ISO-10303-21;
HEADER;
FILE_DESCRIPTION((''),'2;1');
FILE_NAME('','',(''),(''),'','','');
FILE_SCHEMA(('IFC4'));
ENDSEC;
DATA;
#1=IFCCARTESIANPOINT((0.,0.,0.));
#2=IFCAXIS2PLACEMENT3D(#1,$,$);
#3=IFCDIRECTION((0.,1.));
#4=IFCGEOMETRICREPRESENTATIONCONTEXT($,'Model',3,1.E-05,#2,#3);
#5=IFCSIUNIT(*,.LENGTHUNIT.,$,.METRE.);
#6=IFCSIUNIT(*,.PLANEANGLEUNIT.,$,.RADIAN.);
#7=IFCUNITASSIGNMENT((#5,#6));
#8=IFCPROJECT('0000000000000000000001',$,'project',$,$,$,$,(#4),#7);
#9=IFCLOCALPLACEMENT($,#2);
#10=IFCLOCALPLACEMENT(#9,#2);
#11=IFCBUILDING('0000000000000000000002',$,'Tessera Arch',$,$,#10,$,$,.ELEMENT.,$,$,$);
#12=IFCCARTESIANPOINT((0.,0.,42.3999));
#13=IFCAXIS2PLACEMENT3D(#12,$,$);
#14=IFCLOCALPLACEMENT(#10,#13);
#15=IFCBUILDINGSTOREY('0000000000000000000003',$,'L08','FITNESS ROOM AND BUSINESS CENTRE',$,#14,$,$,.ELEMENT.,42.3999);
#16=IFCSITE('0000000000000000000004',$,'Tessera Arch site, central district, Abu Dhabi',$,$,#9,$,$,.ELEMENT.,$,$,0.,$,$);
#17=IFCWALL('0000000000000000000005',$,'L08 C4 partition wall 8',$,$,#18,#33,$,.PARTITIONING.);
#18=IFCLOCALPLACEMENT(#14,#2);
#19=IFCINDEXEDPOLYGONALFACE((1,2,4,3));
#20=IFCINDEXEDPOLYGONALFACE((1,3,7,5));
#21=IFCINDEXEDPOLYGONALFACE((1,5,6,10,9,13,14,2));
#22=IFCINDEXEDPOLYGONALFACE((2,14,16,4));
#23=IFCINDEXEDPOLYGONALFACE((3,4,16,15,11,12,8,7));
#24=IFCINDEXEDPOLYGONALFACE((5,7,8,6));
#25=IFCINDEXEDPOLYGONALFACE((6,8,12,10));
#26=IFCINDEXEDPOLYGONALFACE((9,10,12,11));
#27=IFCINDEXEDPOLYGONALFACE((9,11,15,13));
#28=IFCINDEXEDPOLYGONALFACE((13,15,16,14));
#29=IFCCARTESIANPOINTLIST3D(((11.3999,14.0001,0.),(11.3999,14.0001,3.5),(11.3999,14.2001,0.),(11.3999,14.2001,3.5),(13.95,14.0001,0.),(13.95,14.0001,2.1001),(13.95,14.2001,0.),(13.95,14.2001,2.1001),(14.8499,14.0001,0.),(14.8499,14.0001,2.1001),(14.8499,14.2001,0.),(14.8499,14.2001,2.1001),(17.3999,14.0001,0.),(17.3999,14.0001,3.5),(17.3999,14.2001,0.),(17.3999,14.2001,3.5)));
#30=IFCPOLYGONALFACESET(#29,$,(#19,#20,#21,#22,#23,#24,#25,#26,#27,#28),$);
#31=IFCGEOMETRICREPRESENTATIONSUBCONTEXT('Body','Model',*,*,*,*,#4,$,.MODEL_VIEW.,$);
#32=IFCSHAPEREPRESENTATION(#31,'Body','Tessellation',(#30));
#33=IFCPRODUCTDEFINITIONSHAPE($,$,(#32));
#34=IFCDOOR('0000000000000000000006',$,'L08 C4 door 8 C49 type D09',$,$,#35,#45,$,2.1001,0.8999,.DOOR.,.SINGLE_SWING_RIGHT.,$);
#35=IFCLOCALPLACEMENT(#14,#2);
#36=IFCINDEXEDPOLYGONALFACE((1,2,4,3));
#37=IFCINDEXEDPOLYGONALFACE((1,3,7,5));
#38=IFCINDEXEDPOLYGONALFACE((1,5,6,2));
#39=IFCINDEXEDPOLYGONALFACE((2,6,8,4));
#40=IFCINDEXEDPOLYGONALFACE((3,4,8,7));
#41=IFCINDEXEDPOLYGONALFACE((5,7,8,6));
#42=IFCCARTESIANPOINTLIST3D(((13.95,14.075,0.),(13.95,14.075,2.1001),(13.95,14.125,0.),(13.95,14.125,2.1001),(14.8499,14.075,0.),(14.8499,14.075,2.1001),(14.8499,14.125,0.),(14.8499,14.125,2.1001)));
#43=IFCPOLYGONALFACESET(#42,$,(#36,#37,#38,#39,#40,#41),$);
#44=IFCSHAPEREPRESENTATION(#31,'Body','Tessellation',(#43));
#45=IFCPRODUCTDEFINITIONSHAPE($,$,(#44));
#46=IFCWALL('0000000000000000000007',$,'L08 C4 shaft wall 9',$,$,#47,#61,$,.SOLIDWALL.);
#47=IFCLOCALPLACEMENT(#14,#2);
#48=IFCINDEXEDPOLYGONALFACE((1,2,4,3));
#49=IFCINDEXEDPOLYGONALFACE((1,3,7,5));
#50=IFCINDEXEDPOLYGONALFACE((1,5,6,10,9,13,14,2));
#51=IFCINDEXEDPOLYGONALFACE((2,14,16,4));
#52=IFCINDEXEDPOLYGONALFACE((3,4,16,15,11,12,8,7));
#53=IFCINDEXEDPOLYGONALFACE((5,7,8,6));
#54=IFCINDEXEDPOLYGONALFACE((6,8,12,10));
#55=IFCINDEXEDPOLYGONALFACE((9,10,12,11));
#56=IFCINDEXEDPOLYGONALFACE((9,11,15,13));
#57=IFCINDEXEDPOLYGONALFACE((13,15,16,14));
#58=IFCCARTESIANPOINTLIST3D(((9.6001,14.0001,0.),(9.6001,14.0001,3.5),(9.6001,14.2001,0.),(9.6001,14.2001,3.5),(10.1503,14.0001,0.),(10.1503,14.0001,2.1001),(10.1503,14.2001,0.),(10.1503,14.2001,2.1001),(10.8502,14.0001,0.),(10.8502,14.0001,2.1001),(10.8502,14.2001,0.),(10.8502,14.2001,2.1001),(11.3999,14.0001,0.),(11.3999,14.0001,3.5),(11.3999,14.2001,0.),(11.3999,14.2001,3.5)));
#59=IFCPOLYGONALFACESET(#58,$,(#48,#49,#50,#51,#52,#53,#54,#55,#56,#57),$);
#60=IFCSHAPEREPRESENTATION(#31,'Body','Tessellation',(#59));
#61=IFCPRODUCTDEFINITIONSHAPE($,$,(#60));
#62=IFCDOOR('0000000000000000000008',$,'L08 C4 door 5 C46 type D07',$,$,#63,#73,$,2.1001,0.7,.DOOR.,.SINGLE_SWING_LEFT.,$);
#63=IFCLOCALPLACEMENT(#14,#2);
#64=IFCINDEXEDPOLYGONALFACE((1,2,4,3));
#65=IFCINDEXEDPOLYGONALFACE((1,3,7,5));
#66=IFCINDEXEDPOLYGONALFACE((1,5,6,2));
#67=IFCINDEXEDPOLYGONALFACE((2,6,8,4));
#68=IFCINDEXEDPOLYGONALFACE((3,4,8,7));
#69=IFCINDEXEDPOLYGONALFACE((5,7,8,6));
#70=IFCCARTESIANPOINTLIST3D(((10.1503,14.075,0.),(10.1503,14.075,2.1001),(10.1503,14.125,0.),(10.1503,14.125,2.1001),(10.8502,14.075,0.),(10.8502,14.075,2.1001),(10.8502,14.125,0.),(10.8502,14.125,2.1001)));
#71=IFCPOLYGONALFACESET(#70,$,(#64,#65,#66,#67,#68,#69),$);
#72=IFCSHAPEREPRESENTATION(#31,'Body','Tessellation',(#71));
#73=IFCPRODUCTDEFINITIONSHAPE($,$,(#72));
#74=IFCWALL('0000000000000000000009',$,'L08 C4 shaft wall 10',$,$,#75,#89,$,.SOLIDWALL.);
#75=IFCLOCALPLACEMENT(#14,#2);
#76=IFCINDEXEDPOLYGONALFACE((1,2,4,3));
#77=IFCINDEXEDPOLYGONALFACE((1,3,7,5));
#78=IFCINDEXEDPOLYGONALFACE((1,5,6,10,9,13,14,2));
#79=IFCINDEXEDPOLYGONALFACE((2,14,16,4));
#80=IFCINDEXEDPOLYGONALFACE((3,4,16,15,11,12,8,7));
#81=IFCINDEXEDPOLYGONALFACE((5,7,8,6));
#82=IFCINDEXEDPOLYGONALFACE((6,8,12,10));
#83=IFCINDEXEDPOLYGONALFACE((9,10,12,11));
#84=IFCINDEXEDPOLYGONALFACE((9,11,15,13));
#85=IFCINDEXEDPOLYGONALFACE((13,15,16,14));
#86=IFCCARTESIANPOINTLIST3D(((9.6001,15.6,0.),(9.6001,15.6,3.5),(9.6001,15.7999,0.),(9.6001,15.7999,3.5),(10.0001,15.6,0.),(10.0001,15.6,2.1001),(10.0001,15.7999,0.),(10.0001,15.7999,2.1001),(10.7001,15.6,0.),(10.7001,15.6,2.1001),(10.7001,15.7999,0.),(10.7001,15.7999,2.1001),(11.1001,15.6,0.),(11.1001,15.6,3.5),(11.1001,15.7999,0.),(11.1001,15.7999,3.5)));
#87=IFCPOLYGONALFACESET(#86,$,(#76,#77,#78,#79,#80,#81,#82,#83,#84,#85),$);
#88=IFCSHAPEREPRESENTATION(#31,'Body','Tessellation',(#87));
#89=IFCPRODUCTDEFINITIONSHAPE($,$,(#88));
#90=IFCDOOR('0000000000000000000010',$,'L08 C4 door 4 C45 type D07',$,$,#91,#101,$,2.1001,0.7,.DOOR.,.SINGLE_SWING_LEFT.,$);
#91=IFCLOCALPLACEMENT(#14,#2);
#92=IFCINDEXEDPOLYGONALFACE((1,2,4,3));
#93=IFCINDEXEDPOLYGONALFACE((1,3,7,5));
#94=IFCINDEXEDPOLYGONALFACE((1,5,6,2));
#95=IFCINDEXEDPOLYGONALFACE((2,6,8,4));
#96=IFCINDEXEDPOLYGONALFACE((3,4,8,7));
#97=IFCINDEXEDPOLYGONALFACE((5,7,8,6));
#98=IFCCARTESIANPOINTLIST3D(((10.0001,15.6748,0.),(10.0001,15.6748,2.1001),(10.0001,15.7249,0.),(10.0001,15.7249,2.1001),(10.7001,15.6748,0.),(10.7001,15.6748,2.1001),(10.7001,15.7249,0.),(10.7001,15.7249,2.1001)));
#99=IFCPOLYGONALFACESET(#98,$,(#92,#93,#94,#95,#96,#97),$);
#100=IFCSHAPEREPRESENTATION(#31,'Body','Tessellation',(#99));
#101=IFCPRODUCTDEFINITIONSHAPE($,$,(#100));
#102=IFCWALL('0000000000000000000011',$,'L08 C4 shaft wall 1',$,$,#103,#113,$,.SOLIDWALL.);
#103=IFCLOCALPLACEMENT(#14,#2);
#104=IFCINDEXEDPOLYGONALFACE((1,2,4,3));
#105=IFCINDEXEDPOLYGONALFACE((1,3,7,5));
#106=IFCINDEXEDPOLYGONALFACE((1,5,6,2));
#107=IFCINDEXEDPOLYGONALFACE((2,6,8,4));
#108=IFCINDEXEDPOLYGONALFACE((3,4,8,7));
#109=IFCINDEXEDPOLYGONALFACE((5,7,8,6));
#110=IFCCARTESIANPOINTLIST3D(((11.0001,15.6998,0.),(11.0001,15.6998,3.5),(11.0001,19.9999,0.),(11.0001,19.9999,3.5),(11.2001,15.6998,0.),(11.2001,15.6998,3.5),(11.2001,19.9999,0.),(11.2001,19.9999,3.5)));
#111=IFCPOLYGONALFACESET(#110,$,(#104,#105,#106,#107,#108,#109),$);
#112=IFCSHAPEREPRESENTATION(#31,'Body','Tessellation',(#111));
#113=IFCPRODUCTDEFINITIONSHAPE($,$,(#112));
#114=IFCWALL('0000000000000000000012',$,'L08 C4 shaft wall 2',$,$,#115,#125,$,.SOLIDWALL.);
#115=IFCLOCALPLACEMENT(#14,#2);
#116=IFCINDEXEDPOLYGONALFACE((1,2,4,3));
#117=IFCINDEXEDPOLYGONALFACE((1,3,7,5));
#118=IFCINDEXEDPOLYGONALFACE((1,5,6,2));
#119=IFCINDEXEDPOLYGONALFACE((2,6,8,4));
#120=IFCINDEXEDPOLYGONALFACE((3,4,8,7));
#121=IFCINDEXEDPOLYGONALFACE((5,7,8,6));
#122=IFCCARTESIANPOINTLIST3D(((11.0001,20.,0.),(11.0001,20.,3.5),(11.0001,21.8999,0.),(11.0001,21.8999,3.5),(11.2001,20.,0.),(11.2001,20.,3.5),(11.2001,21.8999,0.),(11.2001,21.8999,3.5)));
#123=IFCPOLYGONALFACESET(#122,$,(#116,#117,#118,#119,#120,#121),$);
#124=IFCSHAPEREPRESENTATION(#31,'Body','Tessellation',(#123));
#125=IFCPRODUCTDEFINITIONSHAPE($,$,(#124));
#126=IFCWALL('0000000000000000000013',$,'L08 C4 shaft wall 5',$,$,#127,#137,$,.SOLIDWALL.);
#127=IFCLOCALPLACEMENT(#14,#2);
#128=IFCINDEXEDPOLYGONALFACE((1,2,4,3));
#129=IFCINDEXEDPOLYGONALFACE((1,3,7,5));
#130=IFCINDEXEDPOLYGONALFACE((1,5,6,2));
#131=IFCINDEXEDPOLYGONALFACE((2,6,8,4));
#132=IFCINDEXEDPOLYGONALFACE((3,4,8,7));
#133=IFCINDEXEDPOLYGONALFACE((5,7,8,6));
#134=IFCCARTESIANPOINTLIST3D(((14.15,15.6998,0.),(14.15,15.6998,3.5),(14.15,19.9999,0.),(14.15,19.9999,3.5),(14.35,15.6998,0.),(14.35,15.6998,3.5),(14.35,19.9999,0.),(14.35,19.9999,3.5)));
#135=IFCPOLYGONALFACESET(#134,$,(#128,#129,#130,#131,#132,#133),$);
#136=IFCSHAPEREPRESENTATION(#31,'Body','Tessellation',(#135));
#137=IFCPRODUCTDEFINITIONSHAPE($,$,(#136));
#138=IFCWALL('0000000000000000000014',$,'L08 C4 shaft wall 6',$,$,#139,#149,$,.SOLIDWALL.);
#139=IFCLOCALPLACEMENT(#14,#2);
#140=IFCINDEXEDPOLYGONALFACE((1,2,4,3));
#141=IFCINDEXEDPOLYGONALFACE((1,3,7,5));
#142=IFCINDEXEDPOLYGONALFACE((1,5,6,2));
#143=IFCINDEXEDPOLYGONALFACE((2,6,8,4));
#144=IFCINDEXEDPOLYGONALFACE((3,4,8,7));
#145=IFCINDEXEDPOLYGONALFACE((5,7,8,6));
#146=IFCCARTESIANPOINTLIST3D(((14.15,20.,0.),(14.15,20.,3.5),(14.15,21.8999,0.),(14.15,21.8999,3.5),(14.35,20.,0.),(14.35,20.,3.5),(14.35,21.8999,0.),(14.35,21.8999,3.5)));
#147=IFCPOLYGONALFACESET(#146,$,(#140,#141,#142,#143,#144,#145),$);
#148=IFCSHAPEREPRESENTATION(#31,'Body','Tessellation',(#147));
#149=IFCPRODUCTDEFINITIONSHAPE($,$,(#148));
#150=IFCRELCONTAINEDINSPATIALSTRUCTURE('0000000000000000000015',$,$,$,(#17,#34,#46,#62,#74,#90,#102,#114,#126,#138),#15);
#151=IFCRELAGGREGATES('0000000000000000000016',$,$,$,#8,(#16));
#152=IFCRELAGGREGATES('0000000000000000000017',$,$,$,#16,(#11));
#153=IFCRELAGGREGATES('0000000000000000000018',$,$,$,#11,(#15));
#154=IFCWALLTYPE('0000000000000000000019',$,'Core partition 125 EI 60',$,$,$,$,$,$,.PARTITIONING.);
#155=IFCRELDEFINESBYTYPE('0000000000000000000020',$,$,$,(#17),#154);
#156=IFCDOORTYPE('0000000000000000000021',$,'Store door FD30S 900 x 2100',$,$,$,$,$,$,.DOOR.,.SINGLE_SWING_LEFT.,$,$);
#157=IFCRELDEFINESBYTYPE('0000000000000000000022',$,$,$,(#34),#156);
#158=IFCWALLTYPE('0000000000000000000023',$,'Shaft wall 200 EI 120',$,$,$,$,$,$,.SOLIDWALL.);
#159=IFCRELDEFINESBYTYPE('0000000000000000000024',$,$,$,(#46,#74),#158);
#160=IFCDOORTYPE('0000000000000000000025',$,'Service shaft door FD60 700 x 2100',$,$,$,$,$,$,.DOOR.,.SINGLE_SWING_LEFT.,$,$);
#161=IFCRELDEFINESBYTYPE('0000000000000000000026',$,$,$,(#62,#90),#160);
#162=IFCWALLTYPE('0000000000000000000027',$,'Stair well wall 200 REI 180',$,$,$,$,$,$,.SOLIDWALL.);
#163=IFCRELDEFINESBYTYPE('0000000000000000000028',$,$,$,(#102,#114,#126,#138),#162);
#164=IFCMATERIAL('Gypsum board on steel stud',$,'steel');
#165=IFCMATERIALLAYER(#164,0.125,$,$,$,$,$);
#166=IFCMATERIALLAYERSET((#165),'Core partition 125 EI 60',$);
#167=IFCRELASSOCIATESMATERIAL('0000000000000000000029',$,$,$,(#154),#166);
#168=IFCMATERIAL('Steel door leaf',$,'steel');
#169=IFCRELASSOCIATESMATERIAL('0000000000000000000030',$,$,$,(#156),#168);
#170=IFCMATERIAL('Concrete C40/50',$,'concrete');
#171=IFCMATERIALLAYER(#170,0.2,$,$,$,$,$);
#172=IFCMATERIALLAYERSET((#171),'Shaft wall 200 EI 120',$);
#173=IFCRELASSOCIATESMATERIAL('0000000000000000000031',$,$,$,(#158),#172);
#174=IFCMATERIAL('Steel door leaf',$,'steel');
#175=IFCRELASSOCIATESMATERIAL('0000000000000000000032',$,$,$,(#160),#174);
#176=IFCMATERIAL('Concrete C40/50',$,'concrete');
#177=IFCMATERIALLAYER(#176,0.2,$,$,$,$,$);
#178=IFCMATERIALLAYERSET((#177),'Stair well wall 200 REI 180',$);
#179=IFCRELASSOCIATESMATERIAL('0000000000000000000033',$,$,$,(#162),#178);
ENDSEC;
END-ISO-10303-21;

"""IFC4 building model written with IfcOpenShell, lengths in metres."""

from ifc_helpers import new_model, si_unit, direction, frame, frame_2d, origin, place, context, subcontext, project, spatial, rectangle, extrude, material, layer, layer_set, type_object, element, fill, save


model = new_model("IFC4")

# Units and contexts
model_context = context("Model", 3, precision=1e-05, world=origin(), true_north=direction((0.0, 1.0)))
body_context = subcontext(model_context, "Body", "Model", "MODEL_VIEW")
ifc_project = project(units=[si_unit("LENGTHUNIT", "METRE"), si_unit("PLANEANGLEUNIT", "RADIAN")], contexts=[model_context])

# Site, building, storey
site_placement = place(None, origin())
site = spatial("IfcSite", under=ifc_project, at=site_placement, Name="Tessera Arch site, central district, Abu Dhabi", CompositionType="ELEMENT", RefElevation=0.0)
building_placement = place(site_placement, origin())
building = spatial("IfcBuilding", under=site, at=building_placement, Name="Tessera Arch", CompositionType="ELEMENT")
storey_placement = place(building_placement, frame((0.0, 0.0, 42.3999)))
storey = spatial("IfcBuildingStorey", under=building, at=storey_placement, Name="L08", Description="FITNESS ROOM AND BUSINESS CENTRE", CompositionType="ELEMENT", Elevation=42.3999)

# Walls, openings, doors
ifc_material_1 = material(Name="Gypsum board on steel stud", Category="steel")
ifc_layer_1 = layer(ifc_material_1, 0.125)
ifc_layer_set_1 = layer_set([ifc_layer_1], Name="Core partition 125 EI 60")
wall_type_1 = type_object("IfcWallType", Name="Core partition 125 EI 60", PredefinedType="PARTITIONING", material=ifc_layer_set_1)
wall_1_placement = place(storey_placement, frame((11.3999, 14.1001, 0.0), z_axis=(0.0, 0.0, 1.0), x_axis=(1.0, 0.0, 0.0)))
wall_1 = element("IfcWall", 1, at=wall_1_placement, inside=storey, type_object=wall_type_1, Name="L08 C4 partition wall 8", PredefinedType="PARTITIONING", context=body_context, shape_type="SweptSolid", body=[
    extrude(rectangle(XDim=6.0, YDim=0.2, at=frame_2d((3.0, 0.0))), origin(), (0.0, 0.0, 1.0), 3.5),
])
opening_1_placement = place(wall_1_placement, frame((2.55, 0.0, 0.0)))
opening_1 = element("IfcOpeningElement", 2, at=opening_1_placement, cuts=wall_1, PredefinedType="OPENING", context=body_context, shape_type="SweptSolid", body=[
    extrude(rectangle(XDim=0.8999, YDim=2.1001, at=frame_2d((0.45, 1.05))), frame((0.0, 0.1099, 0.0), z_axis=(0.0, -1.0, 0.0), x_axis=(1.0, 0.0, 0.0)), (0.0, 0.0, 1.0), 0.22),
])
ifc_material_2 = material(Name="Steel door leaf", Category="steel")
door_type_1 = type_object("IfcDoorType", Name="Store door FD30S 900 x 2100", OperationType="SINGLE_SWING_LEFT", PredefinedType="DOOR", material=ifc_material_2)
door_1_placement = place(opening_1_placement, origin())
door_1 = element("IfcDoor", 3, at=door_1_placement, inside=storey, type_object=door_type_1, Name="L08 C4 door 8 C49 type D09", OperationType="SINGLE_SWING_RIGHT", OverallHeight=2.1001, OverallWidth=0.8999, PredefinedType="DOOR", context=body_context, shape_type="SweptSolid", body=[
    extrude(rectangle(XDim=0.8999, YDim=2.1001, at=frame_2d((0.45, 1.05))), frame((0.0, 0.0249, 0.0), z_axis=(0.0, -1.0, 0.0), x_axis=(1.0, 0.0, 0.0)), (0.0, 0.0, 1.0), 0.05),
])
fill(opening_1, door_1)
ifc_material_3 = material(Name="Concrete C40/50", Category="concrete")
ifc_layer_2 = layer(ifc_material_3, 0.2)
ifc_layer_set_2 = layer_set([ifc_layer_2], Name="Shaft wall 200 EI 120")
wall_type_2 = type_object("IfcWallType", Name="Shaft wall 200 EI 120", PredefinedType="SOLIDWALL", material=ifc_layer_set_2)
wall_2_placement = place(storey_placement, frame((9.6001, 14.1001, 0.0), z_axis=(0.0, 0.0, 1.0), x_axis=(1.0, 0.0, 0.0)))
wall_2 = element("IfcWall", 4, at=wall_2_placement, inside=storey, type_object=wall_type_2, Name="L08 C4 shaft wall 9", PredefinedType="SOLIDWALL", context=body_context, shape_type="SweptSolid", body=[
    extrude(rectangle(XDim=1.7998, YDim=0.2, at=frame_2d((0.8999, 0.0))), origin(), (0.0, 0.0, 1.0), 3.5),
])
opening_2_placement = place(wall_2_placement, frame((0.55, 0.0, 0.0)))
opening_2 = element("IfcOpeningElement", 5, at=opening_2_placement, cuts=wall_2, PredefinedType="OPENING", context=body_context, shape_type="SweptSolid", body=[
    extrude(rectangle(XDim=0.7, YDim=2.1001, at=frame_2d((0.3501, 1.05))), frame((0.0, 0.1099, 0.0), z_axis=(0.0, -1.0, 0.0), x_axis=(1.0, 0.0, 0.0)), (0.0, 0.0, 1.0), 0.22),
])
ifc_material_4 = material(Name="Steel door leaf", Category="steel")
door_type_2 = type_object("IfcDoorType", Name="Service shaft door FD60 700 x 2100", OperationType="SINGLE_SWING_LEFT", PredefinedType="DOOR", material=ifc_material_4)
door_2_placement = place(opening_2_placement, origin())
door_2 = element("IfcDoor", 6, at=door_2_placement, inside=storey, type_object=door_type_2, Name="L08 C4 door 5 C46 type D07", OperationType="SINGLE_SWING_LEFT", OverallHeight=2.1001, OverallWidth=0.7, PredefinedType="DOOR", context=body_context, shape_type="SweptSolid", body=[
    extrude(rectangle(XDim=0.7, YDim=2.1001, at=frame_2d((0.3501, 1.05))), frame((0.0, 0.0249, 0.0), z_axis=(0.0, -1.0, 0.0), x_axis=(1.0, 0.0, 0.0)), (0.0, 0.0, 1.0), 0.05),
])
fill(opening_2, door_2)
wall_3_placement = place(storey_placement, frame((9.6001, 15.7, 0.0), z_axis=(0.0, 0.0, 1.0), x_axis=(1.0, 0.0, 0.0)))
wall_3 = element("IfcWall", 7, at=wall_3_placement, inside=storey, type_object=wall_type_2, Name="L08 C4 shaft wall 10", PredefinedType="SOLIDWALL", context=body_context, shape_type="SweptSolid", body=[
    extrude(rectangle(XDim=1.5, YDim=0.2, at=frame_2d((0.75, 0.0))), origin(), (0.0, 0.0, 1.0), 3.5),
])
opening_3_placement = place(wall_3_placement, frame((0.3999, 0.0, 0.0)))
opening_3 = element("IfcOpeningElement", 8, at=opening_3_placement, cuts=wall_3, PredefinedType="OPENING", context=body_context, shape_type="SweptSolid", body=[
    extrude(rectangle(XDim=0.7, YDim=2.1001, at=frame_2d((0.3501, 1.05))), frame((0.0, 0.1099, 0.0), z_axis=(0.0, -1.0, 0.0), x_axis=(1.0, 0.0, 0.0)), (0.0, 0.0, 1.0), 0.22),
])
door_3_placement = place(opening_3_placement, origin())
door_3 = element("IfcDoor", 9, at=door_3_placement, inside=storey, type_object=door_type_2, Name="L08 C4 door 4 C45 type D07", OperationType="SINGLE_SWING_LEFT", OverallHeight=2.1001, OverallWidth=0.7, PredefinedType="DOOR", context=body_context, shape_type="SweptSolid", body=[
    extrude(rectangle(XDim=0.7, YDim=2.1001, at=frame_2d((0.3501, 1.05))), frame((0.0, 0.0249, 0.0), z_axis=(0.0, -1.0, 0.0), x_axis=(1.0, 0.0, 0.0)), (0.0, 0.0, 1.0), 0.05),
])
fill(opening_3, door_3)

# Walls
ifc_material_5 = material(Name="Concrete C40/50", Category="concrete")
ifc_layer_3 = layer(ifc_material_5, 0.2)
ifc_layer_set_3 = layer_set([ifc_layer_3], Name="Stair well wall 200 REI 180")
wall_type_3 = type_object("IfcWallType", Name="Stair well wall 200 REI 180", PredefinedType="SOLIDWALL", material=ifc_layer_set_3)
wall_4_placement = place(storey_placement, frame((11.1001, 15.7, 0.0), z_axis=(0.0, 0.0, 1.0), x_axis=(0.0, 1.0, 0.0)))
element("IfcWall", 10, at=wall_4_placement, inside=storey, type_object=wall_type_3, Name="L08 C4 shaft wall 1", PredefinedType="SOLIDWALL", context=body_context, shape_type="SweptSolid", body=[
    extrude(rectangle(XDim=4.3, YDim=0.2, at=frame_2d((2.1499, 0.0))), origin(), (0.0, 0.0, 1.0), 3.5),
])
wall_5_placement = place(storey_placement, frame((11.1001, 20.0, 0.0), z_axis=(0.0, 0.0, 1.0), x_axis=(0.0, 1.0, 0.0)))
element("IfcWall", 11, at=wall_5_placement, inside=storey, type_object=wall_type_3, Name="L08 C4 shaft wall 2", PredefinedType="SOLIDWALL", context=body_context, shape_type="SweptSolid", body=[
    extrude(rectangle(XDim=1.8999, YDim=0.2, at=frame_2d((0.95, 0.0))), origin(), (0.0, 0.0, 1.0), 3.5),
])
wall_6_placement = place(storey_placement, frame((14.25, 15.7, 0.0), z_axis=(0.0, 0.0, 1.0), x_axis=(0.0, 1.0, 0.0)))
element("IfcWall", 12, at=wall_6_placement, inside=storey, type_object=wall_type_3, Name="L08 C4 shaft wall 5", PredefinedType="SOLIDWALL", context=body_context, shape_type="SweptSolid", body=[
    extrude(rectangle(XDim=4.3, YDim=0.2, at=frame_2d((2.1499, 0.0))), origin(), (0.0, 0.0, 1.0), 3.5),
])
wall_7_placement = place(storey_placement, frame((14.25, 20.0, 0.0), z_axis=(0.0, 0.0, 1.0), x_axis=(0.0, 1.0, 0.0)))
element("IfcWall", 13, at=wall_7_placement, inside=storey, type_object=wall_type_3, Name="L08 C4 shaft wall 6", PredefinedType="SOLIDWALL", context=body_context, shape_type="SweptSolid", body=[
    extrude(rectangle(XDim=1.8999, YDim=0.2, at=frame_2d((0.95, 0.0))), origin(), (0.0, 0.0, 1.0), 3.5),
])

save(model, "model.ifc")
